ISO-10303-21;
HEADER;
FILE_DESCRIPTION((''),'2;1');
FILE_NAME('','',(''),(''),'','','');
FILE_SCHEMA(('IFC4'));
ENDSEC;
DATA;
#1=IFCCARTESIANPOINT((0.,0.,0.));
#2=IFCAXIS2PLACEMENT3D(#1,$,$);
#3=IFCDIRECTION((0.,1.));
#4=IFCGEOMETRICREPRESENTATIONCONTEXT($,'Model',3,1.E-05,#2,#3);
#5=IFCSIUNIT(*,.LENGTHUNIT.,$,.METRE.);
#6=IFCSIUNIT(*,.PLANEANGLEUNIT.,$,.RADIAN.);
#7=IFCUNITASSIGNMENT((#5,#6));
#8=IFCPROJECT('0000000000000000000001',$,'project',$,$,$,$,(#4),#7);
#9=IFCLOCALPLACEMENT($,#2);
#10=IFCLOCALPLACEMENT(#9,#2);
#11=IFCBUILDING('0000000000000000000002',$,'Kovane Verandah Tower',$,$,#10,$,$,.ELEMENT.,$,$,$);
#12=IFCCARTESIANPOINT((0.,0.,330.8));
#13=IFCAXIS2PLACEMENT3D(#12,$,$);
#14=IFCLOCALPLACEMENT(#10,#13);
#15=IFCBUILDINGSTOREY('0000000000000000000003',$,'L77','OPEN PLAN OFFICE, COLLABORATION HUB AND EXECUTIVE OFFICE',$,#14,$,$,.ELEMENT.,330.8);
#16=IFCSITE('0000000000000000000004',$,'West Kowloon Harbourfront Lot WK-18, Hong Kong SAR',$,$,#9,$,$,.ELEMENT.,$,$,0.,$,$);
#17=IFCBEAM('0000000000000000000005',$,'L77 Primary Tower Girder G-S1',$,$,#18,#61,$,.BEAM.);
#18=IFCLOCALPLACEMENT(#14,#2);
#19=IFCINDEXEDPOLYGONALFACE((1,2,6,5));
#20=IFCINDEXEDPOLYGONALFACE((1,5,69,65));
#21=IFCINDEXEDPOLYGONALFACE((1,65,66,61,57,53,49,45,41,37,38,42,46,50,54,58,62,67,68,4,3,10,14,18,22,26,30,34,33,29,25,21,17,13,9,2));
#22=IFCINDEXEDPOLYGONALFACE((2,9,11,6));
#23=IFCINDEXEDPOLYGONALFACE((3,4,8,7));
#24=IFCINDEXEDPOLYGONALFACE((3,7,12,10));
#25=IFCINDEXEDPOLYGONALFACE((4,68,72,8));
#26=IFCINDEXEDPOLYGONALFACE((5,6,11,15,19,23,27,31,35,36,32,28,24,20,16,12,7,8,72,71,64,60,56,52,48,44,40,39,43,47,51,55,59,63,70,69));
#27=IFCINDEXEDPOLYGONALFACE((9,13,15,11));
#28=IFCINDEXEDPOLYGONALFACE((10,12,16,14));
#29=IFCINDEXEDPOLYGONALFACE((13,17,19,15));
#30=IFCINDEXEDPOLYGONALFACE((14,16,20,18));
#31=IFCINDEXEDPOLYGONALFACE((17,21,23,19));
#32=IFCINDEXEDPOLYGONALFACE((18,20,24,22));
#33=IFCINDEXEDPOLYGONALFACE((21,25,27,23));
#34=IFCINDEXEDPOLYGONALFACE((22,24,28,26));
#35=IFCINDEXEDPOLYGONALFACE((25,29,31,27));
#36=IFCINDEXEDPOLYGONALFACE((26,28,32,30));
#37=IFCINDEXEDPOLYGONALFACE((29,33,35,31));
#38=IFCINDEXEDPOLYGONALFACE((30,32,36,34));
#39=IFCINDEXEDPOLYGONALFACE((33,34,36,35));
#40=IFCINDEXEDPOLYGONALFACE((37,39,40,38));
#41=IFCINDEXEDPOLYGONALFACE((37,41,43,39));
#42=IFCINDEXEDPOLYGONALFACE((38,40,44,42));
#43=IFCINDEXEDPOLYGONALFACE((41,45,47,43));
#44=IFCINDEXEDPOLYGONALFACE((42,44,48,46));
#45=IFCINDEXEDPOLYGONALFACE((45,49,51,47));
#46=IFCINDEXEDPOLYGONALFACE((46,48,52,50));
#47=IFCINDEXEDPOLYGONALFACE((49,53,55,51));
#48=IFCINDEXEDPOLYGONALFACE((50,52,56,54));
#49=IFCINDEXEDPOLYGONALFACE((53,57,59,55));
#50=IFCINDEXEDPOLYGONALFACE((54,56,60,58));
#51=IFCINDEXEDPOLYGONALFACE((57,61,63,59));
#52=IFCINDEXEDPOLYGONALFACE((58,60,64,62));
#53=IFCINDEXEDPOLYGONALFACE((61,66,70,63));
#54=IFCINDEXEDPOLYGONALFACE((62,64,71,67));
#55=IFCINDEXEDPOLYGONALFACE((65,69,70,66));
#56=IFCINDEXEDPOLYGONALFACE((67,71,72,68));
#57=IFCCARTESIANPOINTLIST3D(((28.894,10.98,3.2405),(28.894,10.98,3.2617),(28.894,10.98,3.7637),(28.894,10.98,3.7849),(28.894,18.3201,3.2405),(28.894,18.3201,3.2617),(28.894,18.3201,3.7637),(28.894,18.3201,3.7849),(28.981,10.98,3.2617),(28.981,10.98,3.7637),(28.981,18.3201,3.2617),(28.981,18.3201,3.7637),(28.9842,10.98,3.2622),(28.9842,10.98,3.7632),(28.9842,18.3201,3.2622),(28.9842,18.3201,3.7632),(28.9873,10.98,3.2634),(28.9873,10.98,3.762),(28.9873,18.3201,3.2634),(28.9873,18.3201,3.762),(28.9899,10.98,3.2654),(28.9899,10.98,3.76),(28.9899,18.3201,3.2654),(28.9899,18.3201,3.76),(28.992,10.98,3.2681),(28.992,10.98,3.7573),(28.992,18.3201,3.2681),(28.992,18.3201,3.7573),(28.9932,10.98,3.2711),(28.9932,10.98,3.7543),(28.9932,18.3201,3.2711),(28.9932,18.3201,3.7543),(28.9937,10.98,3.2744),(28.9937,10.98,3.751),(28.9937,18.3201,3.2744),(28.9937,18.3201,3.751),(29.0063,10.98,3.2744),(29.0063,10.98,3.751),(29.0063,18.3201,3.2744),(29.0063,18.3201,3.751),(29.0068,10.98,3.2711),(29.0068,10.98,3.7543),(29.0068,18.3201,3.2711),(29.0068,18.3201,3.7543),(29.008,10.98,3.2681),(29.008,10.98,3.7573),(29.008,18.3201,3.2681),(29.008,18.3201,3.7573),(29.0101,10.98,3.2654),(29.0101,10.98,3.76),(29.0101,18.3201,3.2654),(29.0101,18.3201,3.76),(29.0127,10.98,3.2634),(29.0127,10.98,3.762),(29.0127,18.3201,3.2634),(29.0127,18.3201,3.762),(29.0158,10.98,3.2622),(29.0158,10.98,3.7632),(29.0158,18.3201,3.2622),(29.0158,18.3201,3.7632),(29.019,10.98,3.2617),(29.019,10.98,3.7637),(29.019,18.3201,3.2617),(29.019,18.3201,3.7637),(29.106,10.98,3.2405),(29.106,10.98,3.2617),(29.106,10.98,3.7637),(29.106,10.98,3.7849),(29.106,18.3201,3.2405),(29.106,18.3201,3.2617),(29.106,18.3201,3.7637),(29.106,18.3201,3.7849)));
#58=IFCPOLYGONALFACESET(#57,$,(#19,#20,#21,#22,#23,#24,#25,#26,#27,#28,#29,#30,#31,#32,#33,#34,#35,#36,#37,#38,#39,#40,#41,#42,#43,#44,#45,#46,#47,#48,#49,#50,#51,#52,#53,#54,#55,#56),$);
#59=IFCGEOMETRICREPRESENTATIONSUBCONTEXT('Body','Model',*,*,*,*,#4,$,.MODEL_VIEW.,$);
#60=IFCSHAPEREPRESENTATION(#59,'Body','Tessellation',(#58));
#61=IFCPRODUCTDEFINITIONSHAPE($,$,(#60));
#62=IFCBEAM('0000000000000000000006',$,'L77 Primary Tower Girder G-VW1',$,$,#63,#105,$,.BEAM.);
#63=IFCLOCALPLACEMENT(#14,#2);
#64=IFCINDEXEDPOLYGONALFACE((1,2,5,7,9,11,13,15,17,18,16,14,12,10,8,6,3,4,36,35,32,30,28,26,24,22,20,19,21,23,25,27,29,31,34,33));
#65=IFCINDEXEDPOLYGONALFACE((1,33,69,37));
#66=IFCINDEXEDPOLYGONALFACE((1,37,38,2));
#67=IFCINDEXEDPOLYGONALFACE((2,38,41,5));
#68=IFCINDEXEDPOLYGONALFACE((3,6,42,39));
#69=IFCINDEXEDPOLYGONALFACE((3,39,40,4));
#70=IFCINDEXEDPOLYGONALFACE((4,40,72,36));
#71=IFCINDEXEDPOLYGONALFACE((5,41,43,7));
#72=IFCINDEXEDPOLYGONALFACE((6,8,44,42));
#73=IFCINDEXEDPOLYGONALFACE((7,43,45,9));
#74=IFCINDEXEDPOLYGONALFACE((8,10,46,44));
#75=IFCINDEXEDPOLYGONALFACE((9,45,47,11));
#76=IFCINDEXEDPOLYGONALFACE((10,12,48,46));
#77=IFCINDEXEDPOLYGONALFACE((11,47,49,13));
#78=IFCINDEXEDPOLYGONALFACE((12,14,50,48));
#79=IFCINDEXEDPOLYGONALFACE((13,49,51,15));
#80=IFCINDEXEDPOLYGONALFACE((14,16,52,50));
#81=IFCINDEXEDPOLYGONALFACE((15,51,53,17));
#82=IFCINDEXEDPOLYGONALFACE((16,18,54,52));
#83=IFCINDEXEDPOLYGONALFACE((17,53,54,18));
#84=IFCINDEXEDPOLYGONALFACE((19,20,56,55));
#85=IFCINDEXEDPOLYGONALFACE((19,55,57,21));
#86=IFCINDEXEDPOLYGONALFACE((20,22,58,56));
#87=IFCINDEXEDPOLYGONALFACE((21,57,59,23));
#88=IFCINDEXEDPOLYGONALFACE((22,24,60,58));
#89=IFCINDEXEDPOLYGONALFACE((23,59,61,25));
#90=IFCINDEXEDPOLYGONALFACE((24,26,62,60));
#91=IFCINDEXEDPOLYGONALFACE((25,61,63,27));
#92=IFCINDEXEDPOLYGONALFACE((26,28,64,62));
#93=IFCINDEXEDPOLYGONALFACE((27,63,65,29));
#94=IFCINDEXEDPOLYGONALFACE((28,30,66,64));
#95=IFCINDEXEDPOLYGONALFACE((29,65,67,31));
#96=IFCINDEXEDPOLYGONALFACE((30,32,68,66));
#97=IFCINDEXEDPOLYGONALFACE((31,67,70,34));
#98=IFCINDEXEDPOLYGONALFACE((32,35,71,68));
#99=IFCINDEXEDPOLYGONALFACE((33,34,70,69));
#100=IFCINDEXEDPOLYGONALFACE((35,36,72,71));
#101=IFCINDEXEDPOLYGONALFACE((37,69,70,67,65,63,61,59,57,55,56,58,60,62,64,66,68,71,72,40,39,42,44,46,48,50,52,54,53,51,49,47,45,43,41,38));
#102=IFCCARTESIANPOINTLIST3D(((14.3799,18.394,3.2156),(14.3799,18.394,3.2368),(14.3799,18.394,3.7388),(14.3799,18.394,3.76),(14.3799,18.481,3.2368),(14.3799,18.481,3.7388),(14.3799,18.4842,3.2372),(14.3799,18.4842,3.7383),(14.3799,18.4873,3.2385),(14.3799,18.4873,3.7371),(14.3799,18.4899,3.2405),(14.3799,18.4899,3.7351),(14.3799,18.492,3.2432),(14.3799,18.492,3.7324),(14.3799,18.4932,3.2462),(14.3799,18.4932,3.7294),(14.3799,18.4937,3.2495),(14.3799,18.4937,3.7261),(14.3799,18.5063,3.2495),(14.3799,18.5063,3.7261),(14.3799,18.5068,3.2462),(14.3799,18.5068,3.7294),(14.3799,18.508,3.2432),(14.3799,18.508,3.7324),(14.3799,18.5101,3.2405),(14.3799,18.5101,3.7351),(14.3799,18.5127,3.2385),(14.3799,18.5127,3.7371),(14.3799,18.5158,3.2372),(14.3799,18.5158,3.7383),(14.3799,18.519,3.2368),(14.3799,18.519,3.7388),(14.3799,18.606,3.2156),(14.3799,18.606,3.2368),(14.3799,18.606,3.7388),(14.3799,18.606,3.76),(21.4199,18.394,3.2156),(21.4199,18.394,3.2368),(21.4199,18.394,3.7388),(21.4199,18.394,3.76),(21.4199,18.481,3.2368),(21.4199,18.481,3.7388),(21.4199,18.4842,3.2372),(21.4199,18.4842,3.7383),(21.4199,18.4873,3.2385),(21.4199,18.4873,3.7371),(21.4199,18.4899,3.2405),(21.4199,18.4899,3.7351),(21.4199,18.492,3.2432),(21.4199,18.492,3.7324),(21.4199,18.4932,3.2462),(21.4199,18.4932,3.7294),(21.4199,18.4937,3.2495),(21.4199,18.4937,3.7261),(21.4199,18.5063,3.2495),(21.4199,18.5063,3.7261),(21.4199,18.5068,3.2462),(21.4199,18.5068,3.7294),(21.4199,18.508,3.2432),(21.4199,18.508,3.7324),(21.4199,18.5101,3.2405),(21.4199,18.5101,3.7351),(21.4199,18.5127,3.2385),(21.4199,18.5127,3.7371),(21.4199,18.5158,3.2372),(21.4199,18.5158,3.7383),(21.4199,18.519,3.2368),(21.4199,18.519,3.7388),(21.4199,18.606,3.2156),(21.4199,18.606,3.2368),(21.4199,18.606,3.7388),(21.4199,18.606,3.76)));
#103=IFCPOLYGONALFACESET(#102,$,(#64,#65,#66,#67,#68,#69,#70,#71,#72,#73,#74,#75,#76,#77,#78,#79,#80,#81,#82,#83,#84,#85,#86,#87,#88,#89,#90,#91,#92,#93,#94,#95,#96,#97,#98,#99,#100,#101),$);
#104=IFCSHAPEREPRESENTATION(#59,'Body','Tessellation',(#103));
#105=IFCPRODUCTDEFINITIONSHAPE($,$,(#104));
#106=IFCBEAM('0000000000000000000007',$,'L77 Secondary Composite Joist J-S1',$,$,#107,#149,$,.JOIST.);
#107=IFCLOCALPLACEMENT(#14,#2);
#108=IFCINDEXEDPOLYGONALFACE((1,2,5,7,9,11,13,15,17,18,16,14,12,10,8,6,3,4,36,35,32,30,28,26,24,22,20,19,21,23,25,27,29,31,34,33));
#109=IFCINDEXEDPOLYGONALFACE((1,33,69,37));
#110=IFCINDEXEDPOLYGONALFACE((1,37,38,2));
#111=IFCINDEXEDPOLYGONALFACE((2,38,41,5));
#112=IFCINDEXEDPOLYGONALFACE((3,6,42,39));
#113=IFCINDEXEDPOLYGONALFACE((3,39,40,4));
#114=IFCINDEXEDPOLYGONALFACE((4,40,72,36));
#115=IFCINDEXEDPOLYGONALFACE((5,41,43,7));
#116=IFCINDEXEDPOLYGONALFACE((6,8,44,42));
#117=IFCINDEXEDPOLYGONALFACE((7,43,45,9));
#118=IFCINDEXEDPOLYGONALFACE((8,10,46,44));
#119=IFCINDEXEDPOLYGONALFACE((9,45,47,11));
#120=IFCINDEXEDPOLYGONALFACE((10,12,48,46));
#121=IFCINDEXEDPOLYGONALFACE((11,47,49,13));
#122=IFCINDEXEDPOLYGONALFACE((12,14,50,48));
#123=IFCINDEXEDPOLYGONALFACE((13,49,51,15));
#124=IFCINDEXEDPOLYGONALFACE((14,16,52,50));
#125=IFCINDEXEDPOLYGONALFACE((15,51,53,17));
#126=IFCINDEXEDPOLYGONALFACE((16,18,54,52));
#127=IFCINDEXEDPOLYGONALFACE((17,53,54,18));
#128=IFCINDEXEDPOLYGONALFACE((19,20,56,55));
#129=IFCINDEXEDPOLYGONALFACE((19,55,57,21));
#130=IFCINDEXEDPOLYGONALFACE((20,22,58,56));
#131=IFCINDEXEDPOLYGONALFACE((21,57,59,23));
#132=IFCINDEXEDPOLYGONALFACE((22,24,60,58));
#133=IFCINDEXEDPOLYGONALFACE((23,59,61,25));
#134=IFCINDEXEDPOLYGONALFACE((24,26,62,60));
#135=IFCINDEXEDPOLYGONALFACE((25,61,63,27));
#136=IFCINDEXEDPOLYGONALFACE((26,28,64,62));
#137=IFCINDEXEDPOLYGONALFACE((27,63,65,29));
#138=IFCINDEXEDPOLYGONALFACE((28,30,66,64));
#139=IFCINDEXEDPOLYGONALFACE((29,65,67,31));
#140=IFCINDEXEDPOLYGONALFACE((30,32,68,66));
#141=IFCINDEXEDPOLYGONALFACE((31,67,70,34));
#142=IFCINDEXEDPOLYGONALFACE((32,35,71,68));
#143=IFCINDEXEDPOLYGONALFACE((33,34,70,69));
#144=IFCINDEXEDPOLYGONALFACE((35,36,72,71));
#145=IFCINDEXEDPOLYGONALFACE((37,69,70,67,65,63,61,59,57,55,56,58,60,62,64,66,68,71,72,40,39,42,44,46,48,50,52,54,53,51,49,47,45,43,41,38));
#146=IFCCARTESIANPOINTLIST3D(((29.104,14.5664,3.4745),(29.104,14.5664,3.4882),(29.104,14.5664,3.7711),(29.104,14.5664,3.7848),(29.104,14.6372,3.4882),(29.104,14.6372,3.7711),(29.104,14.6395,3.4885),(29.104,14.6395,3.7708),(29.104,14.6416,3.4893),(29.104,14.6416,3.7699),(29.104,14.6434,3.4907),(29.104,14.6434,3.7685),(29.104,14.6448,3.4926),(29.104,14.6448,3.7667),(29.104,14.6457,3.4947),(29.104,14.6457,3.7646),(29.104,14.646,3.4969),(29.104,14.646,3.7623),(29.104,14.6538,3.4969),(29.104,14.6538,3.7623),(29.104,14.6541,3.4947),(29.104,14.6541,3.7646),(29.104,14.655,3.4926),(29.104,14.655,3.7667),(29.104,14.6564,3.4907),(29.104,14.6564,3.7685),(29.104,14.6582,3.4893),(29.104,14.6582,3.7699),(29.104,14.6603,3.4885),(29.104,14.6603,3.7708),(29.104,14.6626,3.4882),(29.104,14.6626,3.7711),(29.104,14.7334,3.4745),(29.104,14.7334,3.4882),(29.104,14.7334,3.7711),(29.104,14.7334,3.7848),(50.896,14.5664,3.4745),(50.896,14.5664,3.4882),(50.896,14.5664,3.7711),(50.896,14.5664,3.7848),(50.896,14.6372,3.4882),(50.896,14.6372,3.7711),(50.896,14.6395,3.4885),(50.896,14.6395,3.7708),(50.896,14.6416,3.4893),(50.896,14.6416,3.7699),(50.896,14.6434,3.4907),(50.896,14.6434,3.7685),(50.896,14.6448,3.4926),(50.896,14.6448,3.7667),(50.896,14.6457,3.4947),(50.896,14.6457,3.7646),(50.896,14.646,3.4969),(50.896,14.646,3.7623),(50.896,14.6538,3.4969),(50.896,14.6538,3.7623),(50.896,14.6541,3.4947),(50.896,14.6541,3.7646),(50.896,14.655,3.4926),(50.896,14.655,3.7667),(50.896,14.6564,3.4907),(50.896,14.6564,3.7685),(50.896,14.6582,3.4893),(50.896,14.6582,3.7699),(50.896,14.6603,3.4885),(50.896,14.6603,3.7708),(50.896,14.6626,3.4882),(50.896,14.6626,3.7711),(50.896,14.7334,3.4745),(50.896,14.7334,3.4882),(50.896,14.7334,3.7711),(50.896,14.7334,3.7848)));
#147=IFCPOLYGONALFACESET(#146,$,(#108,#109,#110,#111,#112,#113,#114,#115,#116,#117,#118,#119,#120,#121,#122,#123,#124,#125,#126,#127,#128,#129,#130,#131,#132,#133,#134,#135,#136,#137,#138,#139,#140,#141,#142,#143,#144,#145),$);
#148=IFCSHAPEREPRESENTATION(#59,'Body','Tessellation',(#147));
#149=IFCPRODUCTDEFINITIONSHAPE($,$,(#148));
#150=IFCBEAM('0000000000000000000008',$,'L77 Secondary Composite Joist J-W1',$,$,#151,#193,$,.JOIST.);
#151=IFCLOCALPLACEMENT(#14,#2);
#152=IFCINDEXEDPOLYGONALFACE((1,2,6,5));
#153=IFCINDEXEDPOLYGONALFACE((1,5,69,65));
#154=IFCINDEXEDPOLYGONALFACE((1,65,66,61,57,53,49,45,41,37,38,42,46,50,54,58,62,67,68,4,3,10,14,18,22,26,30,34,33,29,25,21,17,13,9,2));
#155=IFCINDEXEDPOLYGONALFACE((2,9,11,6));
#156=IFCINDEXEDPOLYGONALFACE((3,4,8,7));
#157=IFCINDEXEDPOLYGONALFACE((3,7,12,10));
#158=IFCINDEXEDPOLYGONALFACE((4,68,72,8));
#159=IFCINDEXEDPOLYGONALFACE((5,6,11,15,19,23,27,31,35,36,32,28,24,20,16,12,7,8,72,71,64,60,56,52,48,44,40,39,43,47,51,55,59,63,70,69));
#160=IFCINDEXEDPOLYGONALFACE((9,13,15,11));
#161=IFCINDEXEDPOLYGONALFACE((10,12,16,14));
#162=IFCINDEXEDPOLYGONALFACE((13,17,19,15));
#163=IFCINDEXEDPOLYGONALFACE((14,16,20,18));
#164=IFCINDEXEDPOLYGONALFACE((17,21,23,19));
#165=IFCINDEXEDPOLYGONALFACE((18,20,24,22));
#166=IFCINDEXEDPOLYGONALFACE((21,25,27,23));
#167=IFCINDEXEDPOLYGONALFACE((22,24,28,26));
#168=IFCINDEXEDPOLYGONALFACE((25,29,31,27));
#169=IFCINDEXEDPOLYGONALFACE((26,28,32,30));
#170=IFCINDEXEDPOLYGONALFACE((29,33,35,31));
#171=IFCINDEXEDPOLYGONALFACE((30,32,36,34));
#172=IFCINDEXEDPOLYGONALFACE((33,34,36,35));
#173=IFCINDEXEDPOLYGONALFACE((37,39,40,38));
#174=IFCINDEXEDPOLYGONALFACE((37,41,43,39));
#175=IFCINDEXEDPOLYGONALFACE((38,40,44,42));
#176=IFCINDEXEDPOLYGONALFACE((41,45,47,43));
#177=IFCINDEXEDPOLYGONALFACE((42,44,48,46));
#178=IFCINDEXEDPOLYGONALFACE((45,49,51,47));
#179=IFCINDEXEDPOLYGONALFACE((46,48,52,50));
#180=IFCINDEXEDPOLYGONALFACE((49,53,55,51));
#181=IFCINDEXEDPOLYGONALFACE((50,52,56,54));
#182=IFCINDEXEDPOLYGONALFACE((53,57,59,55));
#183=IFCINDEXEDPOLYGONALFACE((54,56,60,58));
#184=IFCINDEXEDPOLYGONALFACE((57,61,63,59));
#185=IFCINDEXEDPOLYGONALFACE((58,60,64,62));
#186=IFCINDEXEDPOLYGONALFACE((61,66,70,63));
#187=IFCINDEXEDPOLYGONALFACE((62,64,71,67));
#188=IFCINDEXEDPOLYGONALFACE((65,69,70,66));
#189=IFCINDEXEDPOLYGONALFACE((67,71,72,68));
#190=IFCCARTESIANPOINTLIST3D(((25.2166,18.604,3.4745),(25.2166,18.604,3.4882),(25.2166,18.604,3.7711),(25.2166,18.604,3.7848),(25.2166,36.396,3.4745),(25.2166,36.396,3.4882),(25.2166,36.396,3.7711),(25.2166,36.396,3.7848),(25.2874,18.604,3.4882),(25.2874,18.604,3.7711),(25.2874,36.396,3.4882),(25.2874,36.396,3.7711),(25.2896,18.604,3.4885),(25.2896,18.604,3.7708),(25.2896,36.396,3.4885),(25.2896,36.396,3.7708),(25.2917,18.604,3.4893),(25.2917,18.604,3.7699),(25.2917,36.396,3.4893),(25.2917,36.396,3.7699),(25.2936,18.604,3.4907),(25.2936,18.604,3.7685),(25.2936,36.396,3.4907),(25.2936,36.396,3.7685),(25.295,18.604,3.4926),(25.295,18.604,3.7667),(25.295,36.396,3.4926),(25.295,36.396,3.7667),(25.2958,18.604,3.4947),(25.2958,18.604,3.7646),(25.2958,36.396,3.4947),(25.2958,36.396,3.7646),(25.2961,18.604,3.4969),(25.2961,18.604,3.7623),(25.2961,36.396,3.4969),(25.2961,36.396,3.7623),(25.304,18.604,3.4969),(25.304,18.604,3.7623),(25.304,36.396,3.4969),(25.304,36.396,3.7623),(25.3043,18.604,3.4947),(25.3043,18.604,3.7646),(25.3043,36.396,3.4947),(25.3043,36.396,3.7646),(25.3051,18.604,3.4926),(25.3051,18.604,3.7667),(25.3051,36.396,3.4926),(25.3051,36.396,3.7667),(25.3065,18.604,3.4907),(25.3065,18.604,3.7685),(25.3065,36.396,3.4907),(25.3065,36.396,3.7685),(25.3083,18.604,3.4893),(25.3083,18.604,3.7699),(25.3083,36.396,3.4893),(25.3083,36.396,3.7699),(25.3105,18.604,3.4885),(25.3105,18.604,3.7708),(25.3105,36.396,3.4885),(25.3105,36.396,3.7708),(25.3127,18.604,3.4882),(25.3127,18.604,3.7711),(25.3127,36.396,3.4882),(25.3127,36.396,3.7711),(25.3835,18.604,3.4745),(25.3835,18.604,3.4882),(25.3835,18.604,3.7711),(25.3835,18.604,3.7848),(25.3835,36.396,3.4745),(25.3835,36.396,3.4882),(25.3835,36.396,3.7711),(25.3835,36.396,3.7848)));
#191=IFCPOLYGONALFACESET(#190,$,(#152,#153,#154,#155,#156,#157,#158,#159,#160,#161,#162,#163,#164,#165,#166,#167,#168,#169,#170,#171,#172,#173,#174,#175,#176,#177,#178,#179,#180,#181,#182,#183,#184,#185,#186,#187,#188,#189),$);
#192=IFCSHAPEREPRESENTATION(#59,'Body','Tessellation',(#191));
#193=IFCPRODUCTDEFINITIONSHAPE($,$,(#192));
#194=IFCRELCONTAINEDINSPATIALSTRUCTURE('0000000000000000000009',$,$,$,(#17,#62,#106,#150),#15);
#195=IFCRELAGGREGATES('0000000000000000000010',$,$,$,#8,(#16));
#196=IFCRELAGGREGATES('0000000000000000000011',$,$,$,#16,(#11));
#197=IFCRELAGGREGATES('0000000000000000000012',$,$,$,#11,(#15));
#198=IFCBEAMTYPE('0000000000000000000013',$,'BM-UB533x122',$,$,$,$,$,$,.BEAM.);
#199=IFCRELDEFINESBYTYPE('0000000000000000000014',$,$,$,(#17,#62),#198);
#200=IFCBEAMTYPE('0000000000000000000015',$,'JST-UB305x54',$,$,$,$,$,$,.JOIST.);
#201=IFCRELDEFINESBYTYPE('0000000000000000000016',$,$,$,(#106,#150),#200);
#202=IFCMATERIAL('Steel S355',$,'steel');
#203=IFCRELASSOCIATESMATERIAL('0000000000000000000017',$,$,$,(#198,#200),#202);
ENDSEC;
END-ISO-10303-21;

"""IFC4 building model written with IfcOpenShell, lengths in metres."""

from ifc_helpers import new_model, si_unit, direction, frame, origin, origin_2d, place, context, subcontext, project, spatial, i_section, extrude, material, material_profile, profile_set, type_object, element, save


model = new_model("IFC4")

# Units and contexts
model_context = context("Model", 3, precision=1e-05, world=origin(), true_north=direction((0.0, 1.0)))
body_context = subcontext(model_context, "Body", "Model", "MODEL_VIEW")
ifc_project = project(units=[si_unit("LENGTHUNIT", "METRE"), si_unit("PLANEANGLEUNIT", "RADIAN")], contexts=[model_context])

# Site, building, storey
site_placement = place(None, origin())
site = spatial("IfcSite", under=ifc_project, at=site_placement, Name="West Kowloon Harbourfront Lot WK-18, Hong Kong SAR", CompositionType="ELEMENT", RefElevation=0.0)
building_placement = place(site_placement, origin())
building = spatial("IfcBuilding", under=site, at=building_placement, Name="Kovane Verandah Tower", CompositionType="ELEMENT")
storey_placement = place(building_placement, frame((0.0, 0.0, 330.8)))
storey = spatial("IfcBuildingStorey", under=building, at=storey_placement, Name="L77", Description="OPEN PLAN OFFICE, COLLABORATION HUB AND EXECUTIVE OFFICE", CompositionType="ELEMENT", Elevation=330.8)

# Beams
ifc_material_1 = material(Name="Steel S355", Category="steel")
ifc_material_profile_1 = material_profile(ifc_material_1, i_section(OverallWidth=0.2119, OverallDepth=0.5444, WebThickness=0.0127, FlangeThickness=0.0212, FilletRadius=0.0127, at=origin_2d()), Name="UB533x210x122")
ifc_profile_set_1 = profile_set([ifc_material_profile_1], Name="Steel S355")
beam_type_1 = type_object("IfcBeamType", Name="BM-UB533x122", PredefinedType="BEAM", material=ifc_profile_set_1)
beam_1_placement = place(storey_placement, frame((29.0, 18.3201, 3.5127), z_axis=(0.0, -1.0, 0.0), x_axis=(1.0, 0.0, 0.0)))
element("IfcBeam", 1, at=beam_1_placement, inside=storey, type_object=beam_type_1, Name="L77 Primary Tower Girder G-S1", PredefinedType="BEAM", context=body_context, shape_type="SweptSolid", body=[
    extrude(i_section(OverallWidth=0.2119, OverallDepth=0.5444, WebThickness=0.0127, FlangeThickness=0.0212, FilletRadius=0.0127, at=origin_2d()), origin(), (0.0, 0.0, 1.0), 7.3401),
])
beam_2_placement = place(storey_placement, frame((21.4199, 18.5, 3.4878), z_axis=(-1.0, 0.0, 0.0), x_axis=(0.0, -1.0, 0.0)))
element("IfcBeam", 2, at=beam_2_placement, inside=storey, type_object=beam_type_1, Name="L77 Primary Tower Girder G-VW1", PredefinedType="BEAM", context=body_context, shape_type="SweptSolid", body=[
    extrude(i_section(OverallWidth=0.2119, OverallDepth=0.5444, WebThickness=0.0127, FlangeThickness=0.0212, FilletRadius=0.0127, at=origin_2d()), origin(), (0.0, 0.0, 1.0), 7.04),
])
ifc_material_profile_2 = material_profile(ifc_material_1, i_section(OverallWidth=0.167, OverallDepth=0.3103, WebThickness=0.0078, FlangeThickness=0.0137, FilletRadius=0.0088, at=origin_2d()), Name="UB305x165x54")
ifc_profile_set_2 = profile_set([ifc_material_profile_2], Name="Steel S355")
beam_type_2 = type_object("IfcBeamType", Name="JST-UB305x54", PredefinedType="JOIST", material=ifc_profile_set_2)
beam_3_placement = place(storey_placement, frame((29.104, 14.6499, 3.6296), z_axis=(1.0, 0.0, 0.0), x_axis=(0.0, 1.0, 0.0)))
element("IfcBeam", 3, at=beam_3_placement, inside=storey, type_object=beam_type_2, Name="L77 Secondary Composite Joist J-S1", PredefinedType="JOIST", context=body_context, shape_type="SweptSolid", body=[
    extrude(i_section(OverallWidth=0.167, OverallDepth=0.3103, WebThickness=0.0078, FlangeThickness=0.0137, FilletRadius=0.0088, at=origin_2d()), origin(), (0.0, 0.0, 1.0), 21.792),
])
beam_4_placement = place(storey_placement, frame((25.3, 18.604, 3.6296), z_axis=(0.0, 1.0, 0.0), x_axis=(-1.0, 0.0, 0.0)))
element("IfcBeam", 4, at=beam_4_placement, inside=storey, type_object=beam_type_2, Name="L77 Secondary Composite Joist J-W1", PredefinedType="JOIST", context=body_context, shape_type="SweptSolid", body=[
    extrude(i_section(OverallWidth=0.167, OverallDepth=0.3103, WebThickness=0.0078, FlangeThickness=0.0137, FilletRadius=0.0088, at=origin_2d()), origin(), (0.0, 0.0, 1.0), 17.792),
])

save(model, "model.ifc")
